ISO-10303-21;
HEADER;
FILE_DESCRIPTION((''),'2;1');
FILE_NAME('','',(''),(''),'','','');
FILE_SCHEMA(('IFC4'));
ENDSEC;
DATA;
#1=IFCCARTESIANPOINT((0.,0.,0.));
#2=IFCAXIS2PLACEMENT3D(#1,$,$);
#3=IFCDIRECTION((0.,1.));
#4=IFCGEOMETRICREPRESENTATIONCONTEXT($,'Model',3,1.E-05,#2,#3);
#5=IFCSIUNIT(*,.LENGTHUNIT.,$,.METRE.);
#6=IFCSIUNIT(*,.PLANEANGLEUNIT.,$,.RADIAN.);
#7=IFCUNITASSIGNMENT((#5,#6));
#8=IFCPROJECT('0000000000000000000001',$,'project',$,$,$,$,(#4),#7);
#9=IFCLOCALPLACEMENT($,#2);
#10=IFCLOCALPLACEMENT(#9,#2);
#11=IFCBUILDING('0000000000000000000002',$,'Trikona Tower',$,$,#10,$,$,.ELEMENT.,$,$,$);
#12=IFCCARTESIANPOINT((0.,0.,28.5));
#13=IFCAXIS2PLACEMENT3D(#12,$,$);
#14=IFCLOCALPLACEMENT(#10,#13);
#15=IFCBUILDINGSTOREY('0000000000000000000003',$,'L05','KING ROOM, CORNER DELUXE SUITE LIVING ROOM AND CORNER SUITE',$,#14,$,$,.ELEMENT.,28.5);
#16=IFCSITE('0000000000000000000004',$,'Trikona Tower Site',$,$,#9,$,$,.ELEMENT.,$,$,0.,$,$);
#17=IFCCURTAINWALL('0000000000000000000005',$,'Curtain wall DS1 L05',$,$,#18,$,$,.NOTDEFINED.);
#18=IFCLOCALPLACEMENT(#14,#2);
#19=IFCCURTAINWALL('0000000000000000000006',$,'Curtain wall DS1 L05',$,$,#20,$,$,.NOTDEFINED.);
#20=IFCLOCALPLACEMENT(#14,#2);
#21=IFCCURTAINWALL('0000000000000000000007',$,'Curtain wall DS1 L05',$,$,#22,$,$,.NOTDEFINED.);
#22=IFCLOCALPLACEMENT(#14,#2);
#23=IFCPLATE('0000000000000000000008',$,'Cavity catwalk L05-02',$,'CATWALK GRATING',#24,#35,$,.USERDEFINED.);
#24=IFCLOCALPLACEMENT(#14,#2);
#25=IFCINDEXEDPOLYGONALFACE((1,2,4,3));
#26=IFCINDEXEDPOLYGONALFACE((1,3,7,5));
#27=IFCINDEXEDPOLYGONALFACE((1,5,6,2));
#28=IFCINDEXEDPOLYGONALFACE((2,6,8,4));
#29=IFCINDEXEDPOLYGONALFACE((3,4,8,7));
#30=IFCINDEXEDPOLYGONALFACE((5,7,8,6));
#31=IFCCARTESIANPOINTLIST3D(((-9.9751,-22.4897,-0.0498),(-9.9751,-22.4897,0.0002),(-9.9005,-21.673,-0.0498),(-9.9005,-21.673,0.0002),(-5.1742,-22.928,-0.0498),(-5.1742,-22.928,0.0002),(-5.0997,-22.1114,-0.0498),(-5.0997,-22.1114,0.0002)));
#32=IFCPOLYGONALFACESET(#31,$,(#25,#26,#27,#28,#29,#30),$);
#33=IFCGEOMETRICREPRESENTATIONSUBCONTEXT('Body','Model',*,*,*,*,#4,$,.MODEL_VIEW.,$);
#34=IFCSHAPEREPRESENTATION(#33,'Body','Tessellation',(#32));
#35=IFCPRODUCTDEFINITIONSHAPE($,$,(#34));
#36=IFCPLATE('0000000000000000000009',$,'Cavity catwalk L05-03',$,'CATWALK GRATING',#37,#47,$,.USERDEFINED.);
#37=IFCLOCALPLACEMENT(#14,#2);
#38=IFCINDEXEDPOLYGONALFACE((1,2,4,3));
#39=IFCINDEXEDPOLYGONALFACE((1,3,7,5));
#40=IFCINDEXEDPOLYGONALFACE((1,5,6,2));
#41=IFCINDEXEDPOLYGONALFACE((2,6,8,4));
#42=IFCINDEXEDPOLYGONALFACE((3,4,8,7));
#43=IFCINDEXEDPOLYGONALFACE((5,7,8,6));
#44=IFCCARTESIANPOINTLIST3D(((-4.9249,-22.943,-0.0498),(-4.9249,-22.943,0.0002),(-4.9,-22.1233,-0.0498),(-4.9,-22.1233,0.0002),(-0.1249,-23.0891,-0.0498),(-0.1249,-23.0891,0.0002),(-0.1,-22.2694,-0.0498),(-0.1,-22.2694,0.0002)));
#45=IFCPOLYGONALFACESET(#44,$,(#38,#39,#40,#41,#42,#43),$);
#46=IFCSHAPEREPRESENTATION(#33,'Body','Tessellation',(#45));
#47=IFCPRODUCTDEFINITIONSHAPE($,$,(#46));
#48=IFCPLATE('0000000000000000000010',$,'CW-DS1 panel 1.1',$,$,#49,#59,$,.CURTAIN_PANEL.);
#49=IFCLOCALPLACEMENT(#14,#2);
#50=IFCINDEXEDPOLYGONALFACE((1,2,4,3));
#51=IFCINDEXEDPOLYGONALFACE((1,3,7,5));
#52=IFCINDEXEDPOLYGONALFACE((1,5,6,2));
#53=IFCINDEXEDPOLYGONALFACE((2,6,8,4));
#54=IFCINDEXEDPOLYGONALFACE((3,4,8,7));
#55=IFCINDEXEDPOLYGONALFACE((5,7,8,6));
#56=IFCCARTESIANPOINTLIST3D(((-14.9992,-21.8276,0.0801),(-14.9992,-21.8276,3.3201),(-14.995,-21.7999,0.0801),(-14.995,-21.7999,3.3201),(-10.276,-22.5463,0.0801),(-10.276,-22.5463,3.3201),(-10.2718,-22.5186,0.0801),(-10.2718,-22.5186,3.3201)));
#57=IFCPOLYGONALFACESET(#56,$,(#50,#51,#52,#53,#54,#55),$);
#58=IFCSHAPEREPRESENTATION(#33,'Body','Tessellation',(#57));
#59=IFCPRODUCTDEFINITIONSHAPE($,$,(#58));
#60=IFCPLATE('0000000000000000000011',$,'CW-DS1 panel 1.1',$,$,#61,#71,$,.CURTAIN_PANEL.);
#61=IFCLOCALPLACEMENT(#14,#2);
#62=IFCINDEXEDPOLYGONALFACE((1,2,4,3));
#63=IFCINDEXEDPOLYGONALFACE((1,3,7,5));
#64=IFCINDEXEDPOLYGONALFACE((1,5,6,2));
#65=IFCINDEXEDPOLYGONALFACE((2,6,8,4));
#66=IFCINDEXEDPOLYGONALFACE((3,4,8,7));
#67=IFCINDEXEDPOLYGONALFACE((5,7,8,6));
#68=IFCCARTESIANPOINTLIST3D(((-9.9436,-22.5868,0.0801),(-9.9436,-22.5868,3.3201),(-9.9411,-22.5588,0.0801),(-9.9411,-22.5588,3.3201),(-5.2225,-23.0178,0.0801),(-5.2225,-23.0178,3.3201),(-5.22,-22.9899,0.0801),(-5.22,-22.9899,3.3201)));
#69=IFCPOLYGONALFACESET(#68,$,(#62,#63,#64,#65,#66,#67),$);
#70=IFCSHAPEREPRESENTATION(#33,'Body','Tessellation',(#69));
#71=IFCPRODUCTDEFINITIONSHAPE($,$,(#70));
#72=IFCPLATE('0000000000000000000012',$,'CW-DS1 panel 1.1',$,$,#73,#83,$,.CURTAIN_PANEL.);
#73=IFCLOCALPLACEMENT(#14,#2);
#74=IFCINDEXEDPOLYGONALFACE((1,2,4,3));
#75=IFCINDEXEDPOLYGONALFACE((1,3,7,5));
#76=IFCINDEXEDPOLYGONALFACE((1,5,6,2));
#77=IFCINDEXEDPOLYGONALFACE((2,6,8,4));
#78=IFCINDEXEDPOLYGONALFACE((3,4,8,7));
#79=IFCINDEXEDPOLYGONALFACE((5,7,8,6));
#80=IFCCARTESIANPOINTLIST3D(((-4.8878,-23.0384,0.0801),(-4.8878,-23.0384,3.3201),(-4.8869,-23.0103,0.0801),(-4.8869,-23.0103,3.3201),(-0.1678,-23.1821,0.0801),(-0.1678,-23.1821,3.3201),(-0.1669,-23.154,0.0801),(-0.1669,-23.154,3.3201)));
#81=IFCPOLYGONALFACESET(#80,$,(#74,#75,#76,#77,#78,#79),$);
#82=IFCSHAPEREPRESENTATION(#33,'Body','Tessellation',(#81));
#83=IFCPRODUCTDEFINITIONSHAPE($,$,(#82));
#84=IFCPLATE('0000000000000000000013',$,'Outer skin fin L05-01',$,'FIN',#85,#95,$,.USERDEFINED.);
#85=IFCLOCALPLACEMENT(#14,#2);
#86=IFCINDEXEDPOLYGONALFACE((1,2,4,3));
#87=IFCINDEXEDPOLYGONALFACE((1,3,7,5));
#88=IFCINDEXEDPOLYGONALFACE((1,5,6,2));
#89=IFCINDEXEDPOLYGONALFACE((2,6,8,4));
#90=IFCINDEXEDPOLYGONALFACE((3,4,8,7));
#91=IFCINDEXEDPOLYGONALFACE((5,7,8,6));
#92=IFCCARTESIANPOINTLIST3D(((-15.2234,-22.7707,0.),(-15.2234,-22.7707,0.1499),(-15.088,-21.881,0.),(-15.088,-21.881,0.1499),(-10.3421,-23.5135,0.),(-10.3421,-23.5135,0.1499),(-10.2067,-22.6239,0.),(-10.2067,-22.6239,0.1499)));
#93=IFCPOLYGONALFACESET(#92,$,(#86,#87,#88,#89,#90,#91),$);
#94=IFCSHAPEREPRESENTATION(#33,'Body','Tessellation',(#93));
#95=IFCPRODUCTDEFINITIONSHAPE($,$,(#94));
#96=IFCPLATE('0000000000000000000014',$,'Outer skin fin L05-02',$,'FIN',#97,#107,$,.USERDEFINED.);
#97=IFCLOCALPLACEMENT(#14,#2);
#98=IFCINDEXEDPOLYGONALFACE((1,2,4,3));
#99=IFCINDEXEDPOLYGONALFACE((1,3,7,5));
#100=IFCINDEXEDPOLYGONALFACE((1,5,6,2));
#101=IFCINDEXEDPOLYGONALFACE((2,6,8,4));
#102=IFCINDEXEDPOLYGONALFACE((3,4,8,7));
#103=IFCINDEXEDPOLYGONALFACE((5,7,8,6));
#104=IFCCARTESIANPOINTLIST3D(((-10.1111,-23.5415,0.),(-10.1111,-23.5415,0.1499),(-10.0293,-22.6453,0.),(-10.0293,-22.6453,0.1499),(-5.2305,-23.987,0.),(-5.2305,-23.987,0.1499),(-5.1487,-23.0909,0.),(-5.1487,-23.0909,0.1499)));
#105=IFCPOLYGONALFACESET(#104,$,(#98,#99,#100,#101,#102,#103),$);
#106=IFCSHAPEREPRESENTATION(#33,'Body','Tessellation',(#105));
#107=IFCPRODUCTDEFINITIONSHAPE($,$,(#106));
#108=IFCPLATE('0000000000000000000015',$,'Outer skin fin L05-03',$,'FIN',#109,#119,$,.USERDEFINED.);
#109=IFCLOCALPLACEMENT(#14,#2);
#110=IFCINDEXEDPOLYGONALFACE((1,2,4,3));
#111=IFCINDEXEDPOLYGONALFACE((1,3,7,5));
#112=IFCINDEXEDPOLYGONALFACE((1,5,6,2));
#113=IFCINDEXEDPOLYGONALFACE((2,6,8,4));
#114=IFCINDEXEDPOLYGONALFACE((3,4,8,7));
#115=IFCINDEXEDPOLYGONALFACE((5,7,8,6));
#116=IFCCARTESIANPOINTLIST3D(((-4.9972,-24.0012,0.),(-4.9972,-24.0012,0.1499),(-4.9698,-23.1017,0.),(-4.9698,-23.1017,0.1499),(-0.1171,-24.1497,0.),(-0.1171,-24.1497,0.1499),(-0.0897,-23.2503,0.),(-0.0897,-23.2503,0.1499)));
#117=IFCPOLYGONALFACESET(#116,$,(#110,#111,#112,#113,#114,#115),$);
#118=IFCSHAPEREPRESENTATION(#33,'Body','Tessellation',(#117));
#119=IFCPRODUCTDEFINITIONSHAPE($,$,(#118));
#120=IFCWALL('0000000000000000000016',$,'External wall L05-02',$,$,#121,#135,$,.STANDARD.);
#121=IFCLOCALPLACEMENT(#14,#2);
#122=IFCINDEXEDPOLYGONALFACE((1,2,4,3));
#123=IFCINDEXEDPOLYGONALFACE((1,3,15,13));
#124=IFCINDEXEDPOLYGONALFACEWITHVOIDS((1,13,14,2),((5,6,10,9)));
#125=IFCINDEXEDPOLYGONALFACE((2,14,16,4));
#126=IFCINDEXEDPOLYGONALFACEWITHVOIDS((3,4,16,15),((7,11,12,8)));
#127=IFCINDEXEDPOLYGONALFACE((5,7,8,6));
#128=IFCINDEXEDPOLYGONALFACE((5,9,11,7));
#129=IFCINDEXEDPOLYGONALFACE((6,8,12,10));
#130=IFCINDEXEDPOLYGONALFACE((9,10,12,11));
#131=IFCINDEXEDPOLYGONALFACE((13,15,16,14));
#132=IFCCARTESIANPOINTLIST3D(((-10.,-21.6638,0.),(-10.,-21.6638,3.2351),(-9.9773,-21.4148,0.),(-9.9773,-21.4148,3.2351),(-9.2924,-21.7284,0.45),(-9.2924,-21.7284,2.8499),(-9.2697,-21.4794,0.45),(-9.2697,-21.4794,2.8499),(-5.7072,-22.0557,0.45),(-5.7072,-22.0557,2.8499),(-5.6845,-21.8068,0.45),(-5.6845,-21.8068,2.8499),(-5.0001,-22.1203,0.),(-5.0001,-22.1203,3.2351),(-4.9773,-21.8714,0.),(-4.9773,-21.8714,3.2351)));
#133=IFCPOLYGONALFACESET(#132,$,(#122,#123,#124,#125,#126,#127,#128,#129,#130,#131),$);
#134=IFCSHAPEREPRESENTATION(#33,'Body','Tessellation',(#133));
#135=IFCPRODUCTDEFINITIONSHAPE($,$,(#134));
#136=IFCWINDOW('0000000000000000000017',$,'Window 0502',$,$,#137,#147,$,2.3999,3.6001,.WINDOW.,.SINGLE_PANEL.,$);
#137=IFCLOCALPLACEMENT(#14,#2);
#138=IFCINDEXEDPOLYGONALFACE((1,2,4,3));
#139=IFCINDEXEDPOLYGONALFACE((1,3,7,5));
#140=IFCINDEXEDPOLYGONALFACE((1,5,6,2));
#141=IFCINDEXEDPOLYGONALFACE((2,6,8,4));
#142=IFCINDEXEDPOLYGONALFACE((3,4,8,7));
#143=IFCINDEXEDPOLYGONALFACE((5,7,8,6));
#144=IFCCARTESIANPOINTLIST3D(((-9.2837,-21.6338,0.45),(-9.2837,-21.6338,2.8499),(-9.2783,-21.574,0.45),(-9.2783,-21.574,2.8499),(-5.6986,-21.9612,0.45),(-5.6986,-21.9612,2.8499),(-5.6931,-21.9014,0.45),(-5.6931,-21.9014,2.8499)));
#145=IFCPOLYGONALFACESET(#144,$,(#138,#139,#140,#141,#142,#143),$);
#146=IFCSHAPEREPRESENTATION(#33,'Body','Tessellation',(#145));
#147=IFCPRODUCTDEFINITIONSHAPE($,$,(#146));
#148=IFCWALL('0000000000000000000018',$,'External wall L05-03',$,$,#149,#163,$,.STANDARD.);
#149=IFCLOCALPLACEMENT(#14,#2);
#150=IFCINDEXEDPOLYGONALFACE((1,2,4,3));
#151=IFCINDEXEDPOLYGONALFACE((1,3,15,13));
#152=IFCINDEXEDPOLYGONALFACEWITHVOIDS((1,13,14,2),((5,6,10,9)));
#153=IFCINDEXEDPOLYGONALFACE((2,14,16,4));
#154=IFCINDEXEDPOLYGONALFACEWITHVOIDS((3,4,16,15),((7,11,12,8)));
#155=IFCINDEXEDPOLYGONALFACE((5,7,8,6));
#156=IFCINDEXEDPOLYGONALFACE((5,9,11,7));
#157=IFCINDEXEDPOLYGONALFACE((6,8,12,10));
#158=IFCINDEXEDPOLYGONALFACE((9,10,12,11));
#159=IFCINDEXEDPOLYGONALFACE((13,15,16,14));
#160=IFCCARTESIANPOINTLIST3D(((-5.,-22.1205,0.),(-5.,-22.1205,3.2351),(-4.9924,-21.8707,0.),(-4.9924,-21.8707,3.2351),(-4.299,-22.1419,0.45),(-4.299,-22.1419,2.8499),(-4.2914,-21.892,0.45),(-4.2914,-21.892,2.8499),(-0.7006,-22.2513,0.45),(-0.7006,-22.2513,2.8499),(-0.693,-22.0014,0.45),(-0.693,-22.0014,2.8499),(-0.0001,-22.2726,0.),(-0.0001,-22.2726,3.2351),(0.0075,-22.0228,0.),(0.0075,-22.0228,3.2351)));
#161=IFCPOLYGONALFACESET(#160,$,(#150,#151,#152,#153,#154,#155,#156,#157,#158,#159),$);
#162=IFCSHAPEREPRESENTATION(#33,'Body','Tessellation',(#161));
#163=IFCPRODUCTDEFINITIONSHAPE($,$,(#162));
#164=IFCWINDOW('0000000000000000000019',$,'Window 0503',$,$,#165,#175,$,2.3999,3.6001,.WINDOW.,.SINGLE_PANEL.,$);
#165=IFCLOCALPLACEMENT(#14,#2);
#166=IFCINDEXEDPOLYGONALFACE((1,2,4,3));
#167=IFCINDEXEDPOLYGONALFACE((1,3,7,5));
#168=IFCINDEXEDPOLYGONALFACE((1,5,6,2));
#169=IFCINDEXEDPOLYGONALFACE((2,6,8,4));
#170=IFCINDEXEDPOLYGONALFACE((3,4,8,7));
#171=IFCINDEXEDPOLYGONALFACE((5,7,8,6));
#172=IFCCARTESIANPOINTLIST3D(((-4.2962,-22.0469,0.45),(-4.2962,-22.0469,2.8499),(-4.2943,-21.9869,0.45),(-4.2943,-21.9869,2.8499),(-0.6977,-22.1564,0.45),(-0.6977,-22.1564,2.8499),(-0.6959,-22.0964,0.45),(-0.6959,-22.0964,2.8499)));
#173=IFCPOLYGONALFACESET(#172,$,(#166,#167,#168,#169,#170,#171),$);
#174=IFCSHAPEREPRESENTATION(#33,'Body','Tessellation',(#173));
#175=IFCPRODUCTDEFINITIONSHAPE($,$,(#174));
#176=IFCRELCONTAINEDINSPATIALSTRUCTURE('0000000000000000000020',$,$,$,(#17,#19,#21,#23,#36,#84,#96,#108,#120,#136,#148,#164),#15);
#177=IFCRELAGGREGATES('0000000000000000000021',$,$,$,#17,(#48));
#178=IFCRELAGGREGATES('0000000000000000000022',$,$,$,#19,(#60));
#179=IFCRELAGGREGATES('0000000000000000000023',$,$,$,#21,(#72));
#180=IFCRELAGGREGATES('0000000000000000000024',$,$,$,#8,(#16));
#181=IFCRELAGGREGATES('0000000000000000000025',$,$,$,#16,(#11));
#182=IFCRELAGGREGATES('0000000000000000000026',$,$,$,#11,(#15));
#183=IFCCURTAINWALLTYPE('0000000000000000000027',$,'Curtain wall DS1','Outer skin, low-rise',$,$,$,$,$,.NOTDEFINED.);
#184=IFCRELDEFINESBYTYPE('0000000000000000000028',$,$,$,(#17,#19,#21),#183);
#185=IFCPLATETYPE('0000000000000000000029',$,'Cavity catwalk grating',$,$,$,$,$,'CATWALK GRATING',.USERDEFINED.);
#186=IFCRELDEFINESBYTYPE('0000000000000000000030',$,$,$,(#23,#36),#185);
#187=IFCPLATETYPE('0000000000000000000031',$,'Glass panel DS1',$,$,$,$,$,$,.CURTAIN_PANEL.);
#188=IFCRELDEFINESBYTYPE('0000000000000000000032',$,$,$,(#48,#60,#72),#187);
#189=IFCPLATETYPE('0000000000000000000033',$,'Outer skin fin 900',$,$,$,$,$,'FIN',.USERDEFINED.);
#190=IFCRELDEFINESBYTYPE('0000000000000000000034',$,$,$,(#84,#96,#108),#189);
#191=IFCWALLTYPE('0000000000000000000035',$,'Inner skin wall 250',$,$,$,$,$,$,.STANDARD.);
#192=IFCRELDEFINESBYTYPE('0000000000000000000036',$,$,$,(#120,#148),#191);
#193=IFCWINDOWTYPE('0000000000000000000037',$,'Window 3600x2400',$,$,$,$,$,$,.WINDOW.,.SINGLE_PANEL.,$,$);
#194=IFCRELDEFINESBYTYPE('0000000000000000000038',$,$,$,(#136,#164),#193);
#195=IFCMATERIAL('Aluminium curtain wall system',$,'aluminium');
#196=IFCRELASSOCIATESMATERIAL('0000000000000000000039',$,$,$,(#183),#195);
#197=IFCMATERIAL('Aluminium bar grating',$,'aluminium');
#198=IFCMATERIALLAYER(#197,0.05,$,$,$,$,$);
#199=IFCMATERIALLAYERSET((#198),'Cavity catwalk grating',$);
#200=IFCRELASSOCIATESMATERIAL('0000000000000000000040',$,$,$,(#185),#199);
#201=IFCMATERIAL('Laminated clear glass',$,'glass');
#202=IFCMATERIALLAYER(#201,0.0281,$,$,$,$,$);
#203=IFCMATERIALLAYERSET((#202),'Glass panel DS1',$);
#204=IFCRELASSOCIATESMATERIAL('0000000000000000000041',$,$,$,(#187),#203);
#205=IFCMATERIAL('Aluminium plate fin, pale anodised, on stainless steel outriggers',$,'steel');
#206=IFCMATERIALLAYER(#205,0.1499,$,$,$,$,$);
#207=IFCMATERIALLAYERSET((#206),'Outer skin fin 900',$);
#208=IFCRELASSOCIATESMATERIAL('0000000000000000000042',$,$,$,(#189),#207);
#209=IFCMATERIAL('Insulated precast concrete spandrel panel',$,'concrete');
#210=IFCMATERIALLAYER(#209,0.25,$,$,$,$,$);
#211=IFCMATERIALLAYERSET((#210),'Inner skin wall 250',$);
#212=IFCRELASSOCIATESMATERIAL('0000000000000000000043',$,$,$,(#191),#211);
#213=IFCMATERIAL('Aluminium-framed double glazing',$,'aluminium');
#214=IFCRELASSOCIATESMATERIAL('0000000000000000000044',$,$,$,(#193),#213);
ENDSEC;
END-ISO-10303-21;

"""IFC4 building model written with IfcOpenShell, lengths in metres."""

from ifc_helpers import new_model, si_unit, direction, frame, frame_2d, origin, origin_2d, place, context, subcontext, project, spatial, rectangle, extrude, material, layer, layer_set, type_object, element, fill, aggregate, save


model = new_model("IFC4")

# Units and contexts
model_context = context("Model", 3, precision=1e-05, world=origin(), true_north=direction((0.0, 1.0)))
body_context = subcontext(model_context, "Body", "Model", "MODEL_VIEW")
ifc_project = project(units=[si_unit("LENGTHUNIT", "METRE"), si_unit("PLANEANGLEUNIT", "RADIAN")], contexts=[model_context])

# Site, building, storey
site_placement = place(None, origin())
site = spatial("IfcSite", under=ifc_project, at=site_placement, Name="Trikona Tower Site", CompositionType="ELEMENT", RefElevation=0.0)
building_placement = place(site_placement, origin())
building = spatial("IfcBuilding", under=site, at=building_placement, Name="Trikona Tower", CompositionType="ELEMENT")
storey_placement = place(building_placement, frame((0.0, 0.0, 28.5)))
storey = spatial("IfcBuildingStorey", under=building, at=storey_placement, Name="L05", Description="KING ROOM, CORNER DELUXE SUITE LIVING ROOM AND CORNER SUITE", CompositionType="ELEMENT", Elevation=28.5)

# Curtain wall
ifc_material_1 = material(Name="Aluminium curtain wall system", Category="aluminium")
curtain_wall_type = type_object("IfcCurtainWallType", Name="Curtain wall DS1", Description="Outer skin, low-rise", PredefinedType="NOTDEFINED", material=ifc_material_1)
curtain_wall_1_placement = place(storey_placement, origin())
curtain_wall_1 = element("IfcCurtainWall", 1, at=curtain_wall_1_placement, inside=storey, type_object=curtain_wall_type, Name="Curtain wall DS1 L05", PredefinedType="NOTDEFINED")

# Curtain walls
curtain_wall_2_placement = place(storey_placement, origin())
curtain_wall_2 = element("IfcCurtainWall", 2, at=curtain_wall_2_placement, inside=storey, type_object=curtain_wall_type, Name="Curtain wall DS1 L05", PredefinedType="NOTDEFINED")
curtain_wall_3_placement = place(storey_placement, origin())
curtain_wall_3 = element("IfcCurtainWall", 3, at=curtain_wall_3_placement, inside=storey, type_object=curtain_wall_type, Name="Curtain wall DS1 L05", PredefinedType="NOTDEFINED")

# Plates
ifc_material_2 = material(Name="Aluminium bar grating", Category="aluminium")
ifc_layer_1 = layer(ifc_material_2, 0.05)
ifc_layer_set_1 = layer_set([ifc_layer_1], Name="Cavity catwalk grating")
plate_type_1 = type_object("IfcPlateType", Name="Cavity catwalk grating", ElementType="CATWALK GRATING", PredefinedType="USERDEFINED", material=ifc_layer_set_1)
plate_1_placement = place(storey_placement, frame((-7.5374, -22.3005, -0.0498), z_axis=(0.0, 0.0, 1.0), x_axis=(0.995858, -0.090921, 0.0)))
element("IfcPlate", 4, at=plate_1_placement, inside=storey, type_object=plate_type_1, Name="Cavity catwalk L05-02", ObjectType="CATWALK GRATING", PredefinedType="USERDEFINED", context=body_context, shape_type="SweptSolid", body=[
    extrude(rectangle(XDim=4.8208, YDim=0.8201, at=origin_2d()), origin(), (0.0, 0.0, 1.0), 0.05),
])
plate_2_placement = place(storey_placement, frame((-2.5125, -22.6062, -0.0498), z_axis=(0.0, 0.0, 1.0), x_axis=(0.999537, -0.030425, 0.0)))
element("IfcPlate", 5, at=plate_2_placement, inside=storey, type_object=plate_type_1, Name="Cavity catwalk L05-03", ObjectType="CATWALK GRATING", PredefinedType="USERDEFINED", context=body_context, shape_type="SweptSolid", body=[
    extrude(rectangle(XDim=4.8022, YDim=0.8201, at=origin_2d()), origin(), (0.0, 0.0, 1.0), 0.05),
])

# Plates
ifc_material_3 = material(Name="Laminated clear glass", Category="glass")
ifc_layer_2 = layer(ifc_material_3, 0.0281)
ifc_layer_set_2 = layer_set([ifc_layer_2], Name="Glass panel DS1")
plate_type_2 = type_object("IfcPlateType", Name="Glass panel DS1", PredefinedType="CURTAIN_PANEL", material=ifc_layer_set_2)
plate_3_placement = place(storey_placement, frame((-12.6355, -22.1731, 0.0801), z_axis=(0.0, 0.0, 1.0), x_axis=(0.988619, -0.150438, 0.0)))
plate_3 = element("IfcPlate", 6, at=plate_3_placement, type_object=plate_type_2, Name="CW-DS1 panel 1.1", PredefinedType="CURTAIN_PANEL", context=body_context, shape_type="SweptSolid", body=[
    extrude(rectangle(XDim=4.7776, YDim=0.0281, at=origin_2d()), origin(), (0.0, 0.0, 1.0), 3.24),
])
aggregate(curtain_wall_1, [plate_3])
plate_4_placement = place(storey_placement, frame((-7.5818, -22.7883, 0.0801), z_axis=(0.0, 0.0, 1.0), x_axis=(0.995858, -0.090924, 0.0)))
plate_4 = element("IfcPlate", 7, at=plate_4_placement, type_object=plate_type_2, Name="CW-DS1 panel 1.1", PredefinedType="CURTAIN_PANEL", context=body_context, shape_type="SweptSolid", body=[
    extrude(rectangle(XDim=4.7407, YDim=0.0281, at=origin_2d()), origin(), (0.0, 0.0, 1.0), 3.24),
])
aggregate(curtain_wall_2, [plate_4])
plate_5_placement = place(storey_placement, frame((-2.5273, -23.0962, 0.0801), z_axis=(0.0, 0.0, 1.0), x_axis=(0.999537, -0.030437, 0.0)))
plate_5 = element("IfcPlate", 8, at=plate_5_placement, type_object=plate_type_2, Name="CW-DS1 panel 1.1", PredefinedType="CURTAIN_PANEL", context=body_context, shape_type="SweptSolid", body=[
    extrude(rectangle(XDim=4.7222, YDim=0.0281, at=origin_2d()), origin(), (0.0, 0.0, 1.0), 3.24),
])
aggregate(curtain_wall_3, [plate_5])

# Plates
ifc_material_4 = material(Name="Aluminium plate fin, pale anodised, on stainless steel outriggers", Category="steel")
ifc_layer_3 = layer(ifc_material_4, 0.1499)
ifc_layer_set_3 = layer_set([ifc_layer_3], Name="Outer skin fin 900")
plate_type_3 = type_object("IfcPlateType", Name="Outer skin fin 900", ElementType="FIN", PredefinedType="USERDEFINED", material=ifc_layer_set_3)
plate_6_placement = place(storey_placement, frame((-12.7151, -22.6973, 0.0), z_axis=(0.0, 0.0, 1.0), x_axis=(0.988618, -0.150448, 0.0)))
element("IfcPlate", 9, at=plate_6_placement, inside=storey, type_object=plate_type_3, Name="Outer skin fin L05-01", ObjectType="FIN", PredefinedType="USERDEFINED", context=body_context, shape_type="SweptSolid", body=[
    extrude(rectangle(XDim=4.9375, YDim=0.8999, at=origin_2d()), origin(), (0.0, 0.0, 1.0), 0.1499),
])
plate_7_placement = place(storey_placement, frame((-7.6299, -23.3162, 0.0), z_axis=(0.0, 0.0, 1.0), x_axis=(0.995858, -0.090921, 0.0)))
element("IfcPlate", 10, at=plate_7_placement, inside=storey, type_object=plate_type_3, Name="Outer skin fin L05-02", ObjectType="FIN", PredefinedType="USERDEFINED", context=body_context, shape_type="SweptSolid", body=[
    extrude(rectangle(XDim=4.9009, YDim=0.8999, at=origin_2d()), origin(), (0.0, 0.0, 1.0), 0.1499),
])
plate_8_placement = place(storey_placement, frame((-2.5435, -23.6257, 0.0), z_axis=(0.0, 0.0, 1.0), x_axis=(0.999537, -0.030425, 0.0)))
element("IfcPlate", 11, at=plate_8_placement, inside=storey, type_object=plate_type_3, Name="Outer skin fin L05-03", ObjectType="FIN", PredefinedType="USERDEFINED", context=body_context, shape_type="SweptSolid", body=[
    extrude(rectangle(XDim=4.8823, YDim=0.8999, at=origin_2d()), origin(), (0.0, 0.0, 1.0), 0.1499),
])

# Walls, openings, windows
ifc_material_5 = material(Name="Insulated precast concrete spandrel panel", Category="concrete")
ifc_layer_4 = layer(ifc_material_5, 0.25)
ifc_layer_set_4 = layer_set([ifc_layer_4], Name="Inner skin wall 250")
wall_type = type_object("IfcWallType", Name="Inner skin wall 250", PredefinedType="STANDARD", material=ifc_layer_set_4)
wall_1_placement = place(storey_placement, frame((-9.9885, -21.5393, 0.0), z_axis=(0.0, 0.0, 1.0), x_axis=(0.995857, -0.09093, 0.0)))
wall_1 = element("IfcWall", 12, at=wall_1_placement, inside=storey, type_object=wall_type, Name="External wall L05-02", PredefinedType="STANDARD", context=body_context, shape_type="SweptSolid", body=[
    extrude(rectangle(XDim=5.0208, YDim=0.25, at=frame_2d((2.5103, 0.0))), origin(), (0.0, 0.0, 1.0), 3.2351),
])
opening_1_placement = place(wall_1_placement, frame((0.7104, 0.0, 0.45)))
opening_1 = element("IfcOpeningElement", 13, at=opening_1_placement, cuts=wall_1, PredefinedType="OPENING", context=body_context, shape_type="SweptSolid", body=[
    extrude(rectangle(XDim=3.6001, YDim=2.3999, at=frame_2d((1.8, 1.2))), frame((0.0, 0.135, 0.0), z_axis=(0.0, -1.0, 0.0), x_axis=(1.0, 0.0, 0.0)), (0.0, 0.0, 1.0), 0.27),
])
ifc_material_6 = material(Name="Aluminium-framed double glazing", Category="aluminium")
window_type = type_object("IfcWindowType", Name="Window 3600x2400", PartitioningType="SINGLE_PANEL", PredefinedType="WINDOW", material=ifc_material_6)
window_1_placement = place(opening_1_placement, origin())
window_1 = element("IfcWindow", 14, at=window_1_placement, inside=storey, type_object=window_type, Name="Window 0502", OverallHeight=2.3999, OverallWidth=3.6001, PartitioningType="SINGLE_PANEL", PredefinedType="WINDOW", context=body_context, shape_type="SweptSolid", body=[
    extrude(rectangle(XDim=3.6001, YDim=2.3999, at=frame_2d((1.8, 1.2))), frame((0.0, 0.03, 0.0), z_axis=(0.0, -1.0, 0.0), x_axis=(1.0, 0.0, 0.0)), (0.0, 0.0, 1.0), 0.0601),
])
fill(opening_1, window_1)
wall_2_placement = place(storey_placement, frame((-4.9961, -21.9956, 0.0), z_axis=(0.0, 0.0, 1.0), x_axis=(0.999538, -0.030406, 0.0)))
wall_2 = element("IfcWall", 15, at=wall_2_placement, inside=storey, type_object=wall_type, Name="External wall L05-03", PredefinedType="STANDARD", context=body_context, shape_type="SweptSolid", body=[
    extrude(rectangle(XDim=5.0022, YDim=0.25, at=frame_2d((2.501, 0.0))), origin(), (0.0, 0.0, 1.0), 3.2351),
])
opening_2_placement = place(wall_2_placement, frame((0.7012, 0.0, 0.45)))
opening_2 = element("IfcOpeningElement", 16, at=opening_2_placement, cuts=wall_2, PredefinedType="OPENING", context=body_context, shape_type="SweptSolid", body=[
    extrude(rectangle(XDim=3.6001, YDim=2.3999, at=frame_2d((1.8, 1.2))), frame((0.0, 0.135, 0.0), z_axis=(0.0, -1.0, 0.0), x_axis=(1.0, 0.0, 0.0)), (0.0, 0.0, 1.0), 0.27),
])
window_2_placement = place(opening_2_placement, origin())
window_2 = element("IfcWindow", 17, at=window_2_placement, inside=storey, type_object=window_type, Name="Window 0503", OverallHeight=2.3999, OverallWidth=3.6001, PartitioningType="SINGLE_PANEL", PredefinedType="WINDOW", context=body_context, shape_type="SweptSolid", body=[
    extrude(rectangle(XDim=3.6001, YDim=2.3999, at=frame_2d((1.8, 1.2))), frame((0.0, 0.03, 0.0), z_axis=(0.0, -1.0, 0.0), x_axis=(1.0, 0.0, 0.0)), (0.0, 0.0, 1.0), 0.0601),
])
fill(opening_2, window_2)

save(model, "model.ifc")
